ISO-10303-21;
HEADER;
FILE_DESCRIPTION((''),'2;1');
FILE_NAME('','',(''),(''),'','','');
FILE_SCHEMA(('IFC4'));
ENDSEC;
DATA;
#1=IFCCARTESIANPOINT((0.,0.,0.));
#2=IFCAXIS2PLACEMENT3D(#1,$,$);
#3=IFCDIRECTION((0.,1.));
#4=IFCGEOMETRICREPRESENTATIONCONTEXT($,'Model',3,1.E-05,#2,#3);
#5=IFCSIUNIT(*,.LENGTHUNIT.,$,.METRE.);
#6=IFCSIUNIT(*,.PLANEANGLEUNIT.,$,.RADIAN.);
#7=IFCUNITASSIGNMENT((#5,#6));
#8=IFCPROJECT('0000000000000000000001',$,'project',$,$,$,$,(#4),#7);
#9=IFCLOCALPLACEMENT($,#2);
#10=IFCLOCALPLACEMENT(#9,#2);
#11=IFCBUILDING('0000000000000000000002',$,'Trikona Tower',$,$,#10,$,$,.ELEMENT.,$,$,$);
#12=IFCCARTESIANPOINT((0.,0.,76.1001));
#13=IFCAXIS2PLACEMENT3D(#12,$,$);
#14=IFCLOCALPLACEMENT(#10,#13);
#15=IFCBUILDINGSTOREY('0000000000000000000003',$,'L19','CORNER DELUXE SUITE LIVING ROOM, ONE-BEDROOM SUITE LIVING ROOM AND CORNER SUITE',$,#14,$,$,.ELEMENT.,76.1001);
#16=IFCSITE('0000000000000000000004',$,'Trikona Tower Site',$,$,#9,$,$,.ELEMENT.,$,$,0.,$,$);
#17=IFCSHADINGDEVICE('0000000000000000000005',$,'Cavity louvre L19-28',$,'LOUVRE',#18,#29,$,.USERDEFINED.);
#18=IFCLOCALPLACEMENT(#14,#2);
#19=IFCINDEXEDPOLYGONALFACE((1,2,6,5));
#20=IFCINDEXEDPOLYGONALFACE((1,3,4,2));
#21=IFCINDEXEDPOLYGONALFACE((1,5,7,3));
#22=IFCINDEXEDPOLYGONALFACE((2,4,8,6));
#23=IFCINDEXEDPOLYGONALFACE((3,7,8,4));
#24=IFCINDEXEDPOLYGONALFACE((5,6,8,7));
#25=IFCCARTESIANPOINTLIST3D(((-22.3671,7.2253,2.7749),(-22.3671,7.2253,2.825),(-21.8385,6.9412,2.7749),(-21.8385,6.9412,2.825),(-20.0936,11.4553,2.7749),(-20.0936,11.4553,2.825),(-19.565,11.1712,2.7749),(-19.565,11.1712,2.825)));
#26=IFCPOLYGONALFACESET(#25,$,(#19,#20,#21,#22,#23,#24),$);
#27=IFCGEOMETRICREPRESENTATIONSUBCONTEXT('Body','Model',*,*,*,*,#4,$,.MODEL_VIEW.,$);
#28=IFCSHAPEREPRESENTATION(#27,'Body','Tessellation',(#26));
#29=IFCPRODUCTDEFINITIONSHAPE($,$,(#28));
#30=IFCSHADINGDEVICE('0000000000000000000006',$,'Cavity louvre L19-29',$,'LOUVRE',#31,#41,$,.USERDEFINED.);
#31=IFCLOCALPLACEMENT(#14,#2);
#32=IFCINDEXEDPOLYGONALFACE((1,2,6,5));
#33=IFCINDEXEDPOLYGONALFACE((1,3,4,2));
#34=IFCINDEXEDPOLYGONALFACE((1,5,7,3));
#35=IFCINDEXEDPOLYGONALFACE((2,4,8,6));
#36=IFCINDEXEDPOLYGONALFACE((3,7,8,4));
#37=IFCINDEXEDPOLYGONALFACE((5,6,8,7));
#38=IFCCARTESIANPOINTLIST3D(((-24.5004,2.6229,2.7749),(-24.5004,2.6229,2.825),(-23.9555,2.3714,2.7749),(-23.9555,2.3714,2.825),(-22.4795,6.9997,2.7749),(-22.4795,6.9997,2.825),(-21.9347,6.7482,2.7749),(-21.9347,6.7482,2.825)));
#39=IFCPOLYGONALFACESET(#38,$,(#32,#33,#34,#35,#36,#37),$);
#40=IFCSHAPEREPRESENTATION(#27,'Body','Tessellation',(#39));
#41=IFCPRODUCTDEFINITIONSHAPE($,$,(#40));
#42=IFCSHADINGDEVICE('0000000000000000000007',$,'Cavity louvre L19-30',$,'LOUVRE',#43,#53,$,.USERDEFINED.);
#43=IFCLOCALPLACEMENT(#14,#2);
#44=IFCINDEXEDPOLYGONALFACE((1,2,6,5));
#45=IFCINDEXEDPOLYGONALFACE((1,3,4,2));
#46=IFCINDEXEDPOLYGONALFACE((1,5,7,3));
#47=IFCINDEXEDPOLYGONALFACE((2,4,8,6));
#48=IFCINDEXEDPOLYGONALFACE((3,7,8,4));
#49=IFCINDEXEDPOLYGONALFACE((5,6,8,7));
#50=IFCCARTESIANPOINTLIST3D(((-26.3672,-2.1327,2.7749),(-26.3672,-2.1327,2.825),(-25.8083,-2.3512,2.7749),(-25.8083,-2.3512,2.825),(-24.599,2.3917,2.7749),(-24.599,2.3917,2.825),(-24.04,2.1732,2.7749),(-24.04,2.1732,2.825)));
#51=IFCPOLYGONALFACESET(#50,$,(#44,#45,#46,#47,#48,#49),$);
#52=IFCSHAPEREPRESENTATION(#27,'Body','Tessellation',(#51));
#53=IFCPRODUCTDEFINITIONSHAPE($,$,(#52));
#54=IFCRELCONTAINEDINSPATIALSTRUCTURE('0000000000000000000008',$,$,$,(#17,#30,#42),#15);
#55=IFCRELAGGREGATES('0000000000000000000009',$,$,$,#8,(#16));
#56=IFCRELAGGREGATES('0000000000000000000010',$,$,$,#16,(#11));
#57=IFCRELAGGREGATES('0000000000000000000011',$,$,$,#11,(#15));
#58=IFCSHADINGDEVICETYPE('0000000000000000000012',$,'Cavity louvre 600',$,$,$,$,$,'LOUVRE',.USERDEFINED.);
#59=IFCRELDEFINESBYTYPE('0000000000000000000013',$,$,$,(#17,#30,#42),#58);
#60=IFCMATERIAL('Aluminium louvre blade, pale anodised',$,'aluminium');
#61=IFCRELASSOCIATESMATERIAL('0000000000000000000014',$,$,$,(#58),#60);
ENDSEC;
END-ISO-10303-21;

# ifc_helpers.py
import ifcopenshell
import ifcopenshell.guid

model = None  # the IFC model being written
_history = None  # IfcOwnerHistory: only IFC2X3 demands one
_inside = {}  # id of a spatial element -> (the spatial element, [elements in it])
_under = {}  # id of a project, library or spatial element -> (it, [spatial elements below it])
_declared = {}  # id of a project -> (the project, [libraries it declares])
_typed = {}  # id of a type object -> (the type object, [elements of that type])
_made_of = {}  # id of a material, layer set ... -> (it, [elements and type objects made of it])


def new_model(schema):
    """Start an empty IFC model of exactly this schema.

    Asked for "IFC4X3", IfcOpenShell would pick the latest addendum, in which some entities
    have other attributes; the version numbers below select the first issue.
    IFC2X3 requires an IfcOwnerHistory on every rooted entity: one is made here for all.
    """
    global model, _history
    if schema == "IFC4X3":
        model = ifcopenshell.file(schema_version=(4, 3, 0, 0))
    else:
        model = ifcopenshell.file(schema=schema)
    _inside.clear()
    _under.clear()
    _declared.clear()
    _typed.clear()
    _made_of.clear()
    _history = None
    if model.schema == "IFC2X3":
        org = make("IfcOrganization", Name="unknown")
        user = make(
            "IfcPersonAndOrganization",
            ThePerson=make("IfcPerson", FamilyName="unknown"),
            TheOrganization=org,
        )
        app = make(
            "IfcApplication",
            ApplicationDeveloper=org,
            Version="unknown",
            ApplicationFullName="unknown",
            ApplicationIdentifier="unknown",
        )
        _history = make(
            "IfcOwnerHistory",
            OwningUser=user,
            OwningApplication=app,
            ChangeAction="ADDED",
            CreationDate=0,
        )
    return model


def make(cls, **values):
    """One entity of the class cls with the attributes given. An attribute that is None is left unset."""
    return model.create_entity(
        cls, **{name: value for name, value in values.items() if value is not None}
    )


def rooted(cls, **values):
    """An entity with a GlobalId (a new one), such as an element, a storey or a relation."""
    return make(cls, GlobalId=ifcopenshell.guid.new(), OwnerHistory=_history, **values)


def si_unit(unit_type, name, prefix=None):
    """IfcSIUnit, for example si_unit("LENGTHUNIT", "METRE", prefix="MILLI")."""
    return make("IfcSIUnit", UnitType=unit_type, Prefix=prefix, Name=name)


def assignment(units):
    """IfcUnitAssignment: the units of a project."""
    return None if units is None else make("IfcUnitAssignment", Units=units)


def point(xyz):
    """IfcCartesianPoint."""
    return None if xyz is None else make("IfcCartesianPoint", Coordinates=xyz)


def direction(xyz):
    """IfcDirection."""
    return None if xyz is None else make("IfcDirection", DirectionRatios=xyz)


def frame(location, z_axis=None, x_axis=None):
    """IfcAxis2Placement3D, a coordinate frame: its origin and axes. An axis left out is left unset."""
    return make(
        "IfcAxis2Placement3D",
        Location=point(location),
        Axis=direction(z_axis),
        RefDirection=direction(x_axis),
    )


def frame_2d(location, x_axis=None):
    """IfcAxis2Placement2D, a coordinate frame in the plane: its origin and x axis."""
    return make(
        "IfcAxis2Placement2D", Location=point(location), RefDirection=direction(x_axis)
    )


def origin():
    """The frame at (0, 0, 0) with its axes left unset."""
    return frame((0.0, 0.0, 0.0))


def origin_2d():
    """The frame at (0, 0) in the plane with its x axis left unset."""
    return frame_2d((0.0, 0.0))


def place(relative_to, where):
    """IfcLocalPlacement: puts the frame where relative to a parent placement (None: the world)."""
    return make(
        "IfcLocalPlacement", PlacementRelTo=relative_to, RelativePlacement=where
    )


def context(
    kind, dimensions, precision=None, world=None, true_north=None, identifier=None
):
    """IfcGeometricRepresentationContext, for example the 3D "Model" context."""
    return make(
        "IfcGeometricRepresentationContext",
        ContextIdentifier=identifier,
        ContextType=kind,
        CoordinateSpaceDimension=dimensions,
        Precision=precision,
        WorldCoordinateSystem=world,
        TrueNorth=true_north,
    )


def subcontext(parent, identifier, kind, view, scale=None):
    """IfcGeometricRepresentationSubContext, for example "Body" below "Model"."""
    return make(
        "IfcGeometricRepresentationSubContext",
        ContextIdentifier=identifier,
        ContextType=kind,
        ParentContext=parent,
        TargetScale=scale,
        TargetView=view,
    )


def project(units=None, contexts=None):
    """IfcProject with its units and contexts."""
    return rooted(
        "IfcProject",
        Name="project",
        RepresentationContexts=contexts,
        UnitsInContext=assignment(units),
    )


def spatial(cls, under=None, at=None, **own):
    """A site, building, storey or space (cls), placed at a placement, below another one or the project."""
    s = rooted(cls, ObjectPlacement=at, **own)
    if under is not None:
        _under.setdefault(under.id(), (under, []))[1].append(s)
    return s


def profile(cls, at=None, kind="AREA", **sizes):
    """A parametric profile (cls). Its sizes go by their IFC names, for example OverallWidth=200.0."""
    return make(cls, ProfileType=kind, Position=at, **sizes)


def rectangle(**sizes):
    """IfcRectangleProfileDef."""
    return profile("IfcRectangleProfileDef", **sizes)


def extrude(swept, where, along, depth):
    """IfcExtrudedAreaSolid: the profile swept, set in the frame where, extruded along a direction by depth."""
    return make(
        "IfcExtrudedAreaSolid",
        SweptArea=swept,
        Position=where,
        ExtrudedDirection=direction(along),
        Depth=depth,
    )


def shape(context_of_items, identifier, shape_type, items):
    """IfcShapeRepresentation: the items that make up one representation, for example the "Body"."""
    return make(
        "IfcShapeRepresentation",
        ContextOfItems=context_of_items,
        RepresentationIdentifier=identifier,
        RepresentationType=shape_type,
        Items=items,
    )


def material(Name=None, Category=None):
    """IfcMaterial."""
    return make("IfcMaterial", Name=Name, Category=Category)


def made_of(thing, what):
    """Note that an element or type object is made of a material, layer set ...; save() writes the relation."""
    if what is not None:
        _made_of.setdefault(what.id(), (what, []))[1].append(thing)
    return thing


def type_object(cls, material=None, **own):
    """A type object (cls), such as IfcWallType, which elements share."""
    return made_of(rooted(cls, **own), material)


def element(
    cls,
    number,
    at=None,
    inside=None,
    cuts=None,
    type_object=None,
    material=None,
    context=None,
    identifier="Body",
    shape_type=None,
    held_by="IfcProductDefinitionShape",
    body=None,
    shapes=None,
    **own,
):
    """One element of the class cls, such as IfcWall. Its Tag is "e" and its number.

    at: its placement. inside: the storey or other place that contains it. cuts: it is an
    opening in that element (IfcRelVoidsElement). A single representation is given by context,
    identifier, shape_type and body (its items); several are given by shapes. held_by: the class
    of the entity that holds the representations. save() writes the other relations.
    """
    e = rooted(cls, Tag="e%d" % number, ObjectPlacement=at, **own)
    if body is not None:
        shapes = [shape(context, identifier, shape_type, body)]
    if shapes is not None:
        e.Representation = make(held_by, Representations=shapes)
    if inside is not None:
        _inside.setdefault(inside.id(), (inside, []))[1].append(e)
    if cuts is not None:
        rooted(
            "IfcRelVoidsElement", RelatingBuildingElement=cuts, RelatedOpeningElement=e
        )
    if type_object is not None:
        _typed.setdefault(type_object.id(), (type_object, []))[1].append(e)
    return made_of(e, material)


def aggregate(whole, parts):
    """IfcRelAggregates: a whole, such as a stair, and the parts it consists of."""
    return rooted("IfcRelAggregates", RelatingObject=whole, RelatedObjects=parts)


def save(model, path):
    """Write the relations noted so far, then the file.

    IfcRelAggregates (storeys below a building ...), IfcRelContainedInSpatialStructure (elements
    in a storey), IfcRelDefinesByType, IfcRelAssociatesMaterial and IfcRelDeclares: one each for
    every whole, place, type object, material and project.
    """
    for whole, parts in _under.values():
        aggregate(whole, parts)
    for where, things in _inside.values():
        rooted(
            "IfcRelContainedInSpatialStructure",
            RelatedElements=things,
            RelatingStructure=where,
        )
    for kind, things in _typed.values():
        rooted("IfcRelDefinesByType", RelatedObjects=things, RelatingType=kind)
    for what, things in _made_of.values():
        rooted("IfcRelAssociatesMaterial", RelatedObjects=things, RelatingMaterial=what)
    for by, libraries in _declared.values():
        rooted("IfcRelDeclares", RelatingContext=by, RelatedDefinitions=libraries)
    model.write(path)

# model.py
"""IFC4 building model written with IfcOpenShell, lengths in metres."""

from ifc_helpers import new_model, si_unit, direction, frame, origin, origin_2d, place, context, subcontext, project, spatial, rectangle, extrude, material, type_object, element, save


model = new_model("IFC4")

# Units and contexts
model_context = context("Model", 3, precision=1e-05, world=origin(), true_north=direction((0.0, 1.0)))
body_context = subcontext(model_context, "Body", "Model", "MODEL_VIEW")
ifc_project = project(units=[si_unit("LENGTHUNIT", "METRE"), si_unit("PLANEANGLEUNIT", "RADIAN")], contexts=[model_context])

# Site, building, storey
site_placement = place(None, origin())
site = spatial("IfcSite", under=ifc_project, at=site_placement, Name="Trikona Tower Site", CompositionType="ELEMENT", RefElevation=0.0)
building_placement = place(site_placement, origin())
building = spatial("IfcBuilding", under=site, at=building_placement, Name="Trikona Tower", CompositionType="ELEMENT")
storey_placement = place(building_placement, frame((0.0, 0.0, 76.1001)))
storey = spatial("IfcBuildingStorey", under=building, at=storey_placement, Name="L19", Description="CORNER DELUXE SUITE LIVING ROOM, ONE-BEDROOM SUITE LIVING ROOM AND CORNER SUITE", CompositionType="ELEMENT", Elevation=76.1001)

# Shading devices
ifc_material_1 = material(Name="Aluminium louvre blade, pale anodised", Category="aluminium")
shading_device_type = type_object("IfcShadingDeviceType", Name="Cavity louvre 600", ElementType="LOUVRE", PredefinedType="USERDEFINED", material=ifc_material_1)
shading_device_1_placement = place(storey_placement, frame((-20.9661, 9.1982, 2.7749), z_axis=(0.0, 0.0, 1.0), x_axis=(-0.473423, -0.880835, 0.0)))
element("IfcShadingDevice", 1, at=shading_device_1_placement, inside=storey, type_object=shading_device_type, Name="Cavity louvre L19-28", ObjectType="LOUVRE", PredefinedType="USERDEFINED", context=body_context, shape_type="SweptSolid", body=[
    extrude(rectangle(XDim=4.8022, YDim=0.6001, at=origin_2d()), origin(), (0.0, 0.0, 1.0), 0.05),
])
shading_device_2_placement = place(storey_placement, frame((-23.2175, 4.6855, 2.7749), z_axis=(0.0, 0.0, 1.0), x_axis=(-0.419194, -0.907897, 0.0)))
element("IfcShadingDevice", 2, at=shading_device_2_placement, inside=storey, type_object=shading_device_type, Name="Cavity louvre L19-29", ObjectType="LOUVRE", PredefinedType="USERDEFINED", context=body_context, shape_type="SweptSolid", body=[
    extrude(rectangle(XDim=4.8208, YDim=0.6001, at=origin_2d()), origin(), (0.0, 0.0, 1.0), 0.05),
])
shading_device_3_placement = place(storey_placement, frame((-25.2036, 0.0203, 2.7749), z_axis=(0.0, 0.0, 1.0), x_axis=(-0.364009, -0.931395, 0.0)))
element("IfcShadingDevice", 3, at=shading_device_3_placement, inside=storey, type_object=shading_device_type, Name="Cavity louvre L19-30", ObjectType="LOUVRE", PredefinedType="USERDEFINED", context=body_context, shape_type="SweptSolid", body=[
    extrude(rectangle(XDim=4.8577, YDim=0.6001, at=origin_2d()), origin(), (0.0, 0.0, 1.0), 0.05),
])

save(model, "model.ifc")
